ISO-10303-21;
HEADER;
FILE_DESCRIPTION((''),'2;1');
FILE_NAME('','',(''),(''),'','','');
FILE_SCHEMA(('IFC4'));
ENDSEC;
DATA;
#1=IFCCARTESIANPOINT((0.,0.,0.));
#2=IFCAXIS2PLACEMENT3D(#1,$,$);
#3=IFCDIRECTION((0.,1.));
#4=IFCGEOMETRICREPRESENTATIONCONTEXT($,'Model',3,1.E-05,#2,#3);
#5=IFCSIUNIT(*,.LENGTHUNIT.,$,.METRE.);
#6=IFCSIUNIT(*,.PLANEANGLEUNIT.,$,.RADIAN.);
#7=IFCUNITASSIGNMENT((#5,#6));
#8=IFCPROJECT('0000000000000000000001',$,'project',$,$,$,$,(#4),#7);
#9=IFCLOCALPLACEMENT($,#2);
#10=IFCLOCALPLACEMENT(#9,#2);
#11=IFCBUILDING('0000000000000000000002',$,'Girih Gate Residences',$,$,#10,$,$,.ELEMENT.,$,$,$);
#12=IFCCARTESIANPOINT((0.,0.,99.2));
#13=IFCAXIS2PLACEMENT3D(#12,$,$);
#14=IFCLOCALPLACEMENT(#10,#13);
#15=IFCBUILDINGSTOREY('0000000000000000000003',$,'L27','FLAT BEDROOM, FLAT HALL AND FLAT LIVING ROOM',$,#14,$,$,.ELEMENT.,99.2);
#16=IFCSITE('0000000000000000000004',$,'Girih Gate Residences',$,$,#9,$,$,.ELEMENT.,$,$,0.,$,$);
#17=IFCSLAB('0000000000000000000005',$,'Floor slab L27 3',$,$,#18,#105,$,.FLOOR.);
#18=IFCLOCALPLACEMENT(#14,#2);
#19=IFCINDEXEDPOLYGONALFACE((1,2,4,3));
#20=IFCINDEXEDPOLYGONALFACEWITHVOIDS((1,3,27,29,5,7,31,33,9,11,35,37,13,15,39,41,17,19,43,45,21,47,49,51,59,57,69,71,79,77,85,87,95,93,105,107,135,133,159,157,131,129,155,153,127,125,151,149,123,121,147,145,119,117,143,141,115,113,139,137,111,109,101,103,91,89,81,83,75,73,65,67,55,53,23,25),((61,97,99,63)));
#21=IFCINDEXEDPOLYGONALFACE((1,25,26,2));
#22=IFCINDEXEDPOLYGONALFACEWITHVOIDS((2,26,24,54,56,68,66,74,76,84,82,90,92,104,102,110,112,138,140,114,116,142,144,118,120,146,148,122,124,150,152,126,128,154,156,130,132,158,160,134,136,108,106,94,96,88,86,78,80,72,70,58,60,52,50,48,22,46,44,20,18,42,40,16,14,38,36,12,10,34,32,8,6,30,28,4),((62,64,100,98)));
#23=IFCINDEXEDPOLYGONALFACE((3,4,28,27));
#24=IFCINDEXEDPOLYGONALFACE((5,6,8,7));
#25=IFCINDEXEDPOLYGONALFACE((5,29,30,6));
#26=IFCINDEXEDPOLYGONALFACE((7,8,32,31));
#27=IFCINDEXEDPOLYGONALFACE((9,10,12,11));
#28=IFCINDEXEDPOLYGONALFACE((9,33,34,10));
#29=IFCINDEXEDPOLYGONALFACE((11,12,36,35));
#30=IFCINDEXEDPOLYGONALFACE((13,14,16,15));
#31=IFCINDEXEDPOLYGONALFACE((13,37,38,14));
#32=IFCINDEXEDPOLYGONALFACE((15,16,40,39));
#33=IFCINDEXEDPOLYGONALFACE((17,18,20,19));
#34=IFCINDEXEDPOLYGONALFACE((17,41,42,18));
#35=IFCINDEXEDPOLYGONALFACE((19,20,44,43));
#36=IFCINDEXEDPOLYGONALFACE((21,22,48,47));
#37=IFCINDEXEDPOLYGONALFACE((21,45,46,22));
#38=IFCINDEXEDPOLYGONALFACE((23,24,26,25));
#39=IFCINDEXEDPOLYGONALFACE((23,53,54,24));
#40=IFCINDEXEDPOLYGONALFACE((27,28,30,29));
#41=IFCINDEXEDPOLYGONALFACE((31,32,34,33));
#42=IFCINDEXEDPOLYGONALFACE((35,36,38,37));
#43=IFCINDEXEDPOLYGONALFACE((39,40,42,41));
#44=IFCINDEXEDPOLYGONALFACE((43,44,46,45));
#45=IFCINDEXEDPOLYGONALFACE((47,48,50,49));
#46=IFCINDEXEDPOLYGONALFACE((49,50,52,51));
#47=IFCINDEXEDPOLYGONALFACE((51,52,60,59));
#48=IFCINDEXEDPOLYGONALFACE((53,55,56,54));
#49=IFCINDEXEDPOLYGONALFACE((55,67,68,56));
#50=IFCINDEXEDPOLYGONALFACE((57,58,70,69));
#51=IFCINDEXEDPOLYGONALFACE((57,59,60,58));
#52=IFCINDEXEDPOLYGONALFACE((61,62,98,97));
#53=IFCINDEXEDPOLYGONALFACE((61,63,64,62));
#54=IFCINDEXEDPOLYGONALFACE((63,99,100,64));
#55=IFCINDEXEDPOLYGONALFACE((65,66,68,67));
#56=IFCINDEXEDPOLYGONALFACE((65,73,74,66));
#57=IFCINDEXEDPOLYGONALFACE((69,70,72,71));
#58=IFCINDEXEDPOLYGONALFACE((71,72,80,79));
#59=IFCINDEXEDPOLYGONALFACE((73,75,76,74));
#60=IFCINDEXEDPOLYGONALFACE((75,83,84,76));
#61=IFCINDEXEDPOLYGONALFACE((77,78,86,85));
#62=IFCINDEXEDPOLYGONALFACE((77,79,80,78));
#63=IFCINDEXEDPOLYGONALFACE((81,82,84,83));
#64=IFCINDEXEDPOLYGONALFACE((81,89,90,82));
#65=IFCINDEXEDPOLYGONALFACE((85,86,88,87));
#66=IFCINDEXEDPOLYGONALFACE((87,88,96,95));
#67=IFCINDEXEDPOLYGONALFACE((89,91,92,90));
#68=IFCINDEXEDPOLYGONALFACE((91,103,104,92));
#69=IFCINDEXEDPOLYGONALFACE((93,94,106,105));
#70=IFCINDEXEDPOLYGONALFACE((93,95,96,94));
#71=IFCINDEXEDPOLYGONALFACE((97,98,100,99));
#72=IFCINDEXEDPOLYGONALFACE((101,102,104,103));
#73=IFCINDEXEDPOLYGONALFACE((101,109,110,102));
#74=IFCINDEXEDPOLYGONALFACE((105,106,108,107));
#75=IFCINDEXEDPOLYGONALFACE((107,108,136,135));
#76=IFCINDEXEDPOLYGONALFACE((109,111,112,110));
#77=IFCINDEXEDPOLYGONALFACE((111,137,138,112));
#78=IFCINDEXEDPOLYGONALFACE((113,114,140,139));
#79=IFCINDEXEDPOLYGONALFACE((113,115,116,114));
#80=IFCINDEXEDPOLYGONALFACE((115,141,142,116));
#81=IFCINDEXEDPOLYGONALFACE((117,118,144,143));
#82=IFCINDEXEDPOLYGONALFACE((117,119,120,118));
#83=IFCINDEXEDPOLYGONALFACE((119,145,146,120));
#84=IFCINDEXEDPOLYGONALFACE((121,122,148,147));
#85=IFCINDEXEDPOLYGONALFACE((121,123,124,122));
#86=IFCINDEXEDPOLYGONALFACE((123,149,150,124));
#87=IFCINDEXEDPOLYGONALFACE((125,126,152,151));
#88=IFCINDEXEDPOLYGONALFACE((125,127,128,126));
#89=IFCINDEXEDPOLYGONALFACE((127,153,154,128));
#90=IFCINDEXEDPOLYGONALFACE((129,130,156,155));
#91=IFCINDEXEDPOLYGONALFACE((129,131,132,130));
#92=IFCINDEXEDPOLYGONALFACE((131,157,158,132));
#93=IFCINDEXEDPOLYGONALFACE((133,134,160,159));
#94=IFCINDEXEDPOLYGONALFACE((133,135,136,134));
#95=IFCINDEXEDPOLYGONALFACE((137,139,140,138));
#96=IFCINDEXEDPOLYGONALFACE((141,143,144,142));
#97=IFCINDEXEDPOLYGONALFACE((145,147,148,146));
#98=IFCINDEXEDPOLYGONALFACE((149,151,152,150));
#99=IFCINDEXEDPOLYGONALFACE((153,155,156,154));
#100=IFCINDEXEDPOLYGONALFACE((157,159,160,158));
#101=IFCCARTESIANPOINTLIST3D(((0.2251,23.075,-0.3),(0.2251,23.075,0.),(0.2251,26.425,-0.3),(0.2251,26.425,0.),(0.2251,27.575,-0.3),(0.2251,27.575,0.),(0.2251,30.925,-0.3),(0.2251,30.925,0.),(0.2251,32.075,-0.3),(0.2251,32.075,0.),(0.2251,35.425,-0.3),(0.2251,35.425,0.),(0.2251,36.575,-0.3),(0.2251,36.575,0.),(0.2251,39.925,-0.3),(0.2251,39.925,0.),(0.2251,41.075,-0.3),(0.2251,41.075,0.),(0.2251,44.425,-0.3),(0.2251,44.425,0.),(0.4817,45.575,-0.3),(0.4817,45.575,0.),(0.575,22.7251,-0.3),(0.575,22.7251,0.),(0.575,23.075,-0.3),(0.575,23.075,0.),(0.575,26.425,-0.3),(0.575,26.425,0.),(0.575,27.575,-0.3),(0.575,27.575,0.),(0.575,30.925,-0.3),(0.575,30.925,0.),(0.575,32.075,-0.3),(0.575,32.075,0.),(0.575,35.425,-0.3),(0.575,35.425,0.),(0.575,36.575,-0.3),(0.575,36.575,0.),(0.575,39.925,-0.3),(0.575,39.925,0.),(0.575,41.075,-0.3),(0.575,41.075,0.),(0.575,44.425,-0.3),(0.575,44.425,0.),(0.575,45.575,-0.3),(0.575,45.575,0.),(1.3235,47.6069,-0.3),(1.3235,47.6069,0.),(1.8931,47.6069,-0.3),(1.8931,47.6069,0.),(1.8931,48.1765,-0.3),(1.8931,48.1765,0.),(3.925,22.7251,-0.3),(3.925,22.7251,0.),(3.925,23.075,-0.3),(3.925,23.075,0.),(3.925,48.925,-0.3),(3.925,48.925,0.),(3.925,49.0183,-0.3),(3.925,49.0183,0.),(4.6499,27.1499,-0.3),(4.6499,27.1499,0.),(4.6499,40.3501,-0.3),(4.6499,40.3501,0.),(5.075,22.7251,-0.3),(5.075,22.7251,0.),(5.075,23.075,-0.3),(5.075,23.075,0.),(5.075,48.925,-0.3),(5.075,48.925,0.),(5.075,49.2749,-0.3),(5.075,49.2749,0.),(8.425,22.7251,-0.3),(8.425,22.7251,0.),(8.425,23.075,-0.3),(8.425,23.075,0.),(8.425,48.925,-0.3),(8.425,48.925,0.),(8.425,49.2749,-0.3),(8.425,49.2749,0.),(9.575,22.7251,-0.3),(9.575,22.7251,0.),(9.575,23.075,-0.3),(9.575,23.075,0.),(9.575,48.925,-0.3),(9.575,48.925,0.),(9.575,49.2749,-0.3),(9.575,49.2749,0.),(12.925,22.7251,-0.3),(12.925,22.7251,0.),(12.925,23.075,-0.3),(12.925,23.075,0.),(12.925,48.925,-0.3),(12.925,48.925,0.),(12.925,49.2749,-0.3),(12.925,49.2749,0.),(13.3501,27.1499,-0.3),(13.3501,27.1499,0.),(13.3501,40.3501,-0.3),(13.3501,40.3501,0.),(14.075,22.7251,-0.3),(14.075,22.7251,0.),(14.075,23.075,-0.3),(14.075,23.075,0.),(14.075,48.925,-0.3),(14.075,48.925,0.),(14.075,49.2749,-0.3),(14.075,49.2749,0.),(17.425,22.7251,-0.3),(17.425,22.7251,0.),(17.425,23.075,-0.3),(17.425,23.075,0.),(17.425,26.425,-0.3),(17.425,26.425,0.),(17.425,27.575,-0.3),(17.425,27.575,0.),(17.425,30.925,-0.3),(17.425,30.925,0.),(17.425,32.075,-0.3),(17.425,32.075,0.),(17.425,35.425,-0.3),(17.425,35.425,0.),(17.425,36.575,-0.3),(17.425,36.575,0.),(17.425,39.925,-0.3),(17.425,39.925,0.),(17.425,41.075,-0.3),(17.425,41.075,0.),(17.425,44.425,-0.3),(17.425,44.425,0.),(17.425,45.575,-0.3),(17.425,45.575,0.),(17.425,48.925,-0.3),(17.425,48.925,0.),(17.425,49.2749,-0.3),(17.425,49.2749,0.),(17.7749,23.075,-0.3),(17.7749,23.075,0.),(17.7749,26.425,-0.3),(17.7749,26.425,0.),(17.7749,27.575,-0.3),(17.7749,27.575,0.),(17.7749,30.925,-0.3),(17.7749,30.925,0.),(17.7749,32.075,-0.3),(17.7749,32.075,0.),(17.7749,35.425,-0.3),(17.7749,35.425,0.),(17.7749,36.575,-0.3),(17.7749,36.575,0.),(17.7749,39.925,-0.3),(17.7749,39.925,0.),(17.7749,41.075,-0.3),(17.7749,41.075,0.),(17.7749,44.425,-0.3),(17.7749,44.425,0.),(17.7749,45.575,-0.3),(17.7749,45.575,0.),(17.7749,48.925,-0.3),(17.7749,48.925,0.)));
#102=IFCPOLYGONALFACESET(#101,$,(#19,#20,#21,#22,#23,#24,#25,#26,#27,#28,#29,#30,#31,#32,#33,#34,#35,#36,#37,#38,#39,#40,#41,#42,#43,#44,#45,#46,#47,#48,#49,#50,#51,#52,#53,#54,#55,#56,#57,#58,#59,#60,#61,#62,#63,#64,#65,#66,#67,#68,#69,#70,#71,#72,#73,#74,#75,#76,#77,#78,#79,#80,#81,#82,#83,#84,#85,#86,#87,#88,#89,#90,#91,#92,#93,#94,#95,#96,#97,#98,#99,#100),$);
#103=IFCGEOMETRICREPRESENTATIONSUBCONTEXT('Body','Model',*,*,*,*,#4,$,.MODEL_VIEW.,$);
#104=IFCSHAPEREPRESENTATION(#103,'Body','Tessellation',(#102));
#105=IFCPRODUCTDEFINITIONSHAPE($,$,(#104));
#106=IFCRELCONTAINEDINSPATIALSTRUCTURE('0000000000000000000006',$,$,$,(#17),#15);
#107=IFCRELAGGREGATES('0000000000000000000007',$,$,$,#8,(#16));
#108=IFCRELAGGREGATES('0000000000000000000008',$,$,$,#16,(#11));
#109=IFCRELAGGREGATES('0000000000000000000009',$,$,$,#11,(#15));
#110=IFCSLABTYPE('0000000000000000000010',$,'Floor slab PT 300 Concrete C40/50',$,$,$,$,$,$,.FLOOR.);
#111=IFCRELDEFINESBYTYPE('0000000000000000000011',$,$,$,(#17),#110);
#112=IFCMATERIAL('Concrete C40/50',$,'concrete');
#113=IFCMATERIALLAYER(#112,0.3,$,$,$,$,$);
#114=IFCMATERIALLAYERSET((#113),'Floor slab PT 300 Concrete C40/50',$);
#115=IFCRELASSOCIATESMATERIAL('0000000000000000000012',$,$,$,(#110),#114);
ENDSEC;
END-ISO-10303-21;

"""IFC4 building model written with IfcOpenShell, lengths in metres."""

from ifc_helpers import new_model, si_unit, direction, frame, origin, place, context, subcontext, project, spatial, polyline, outline, extrude, material, layer, layer_set, type_object, element, save


model = new_model("IFC4")

# Units and contexts
model_context = context("Model", 3, precision=1e-05, world=origin(), true_north=direction((0.0, 1.0)))
body_context = subcontext(model_context, "Body", "Model", "MODEL_VIEW")
ifc_project = project(units=[si_unit("LENGTHUNIT", "METRE"), si_unit("PLANEANGLEUNIT", "RADIAN")], contexts=[model_context])

# Site, building, storey
site_placement = place(None, origin())
site = spatial("IfcSite", under=ifc_project, at=site_placement, Name="Girih Gate Residences", CompositionType="ELEMENT", RefElevation=0.0)
building_placement = place(site_placement, origin())
building = spatial("IfcBuilding", under=site, at=building_placement, Name="Girih Gate Residences", CompositionType="ELEMENT")
storey_placement = place(building_placement, frame((0.0, 0.0, 99.2)))
storey = spatial("IfcBuildingStorey", under=building, at=storey_placement, Name="L27", Description="FLAT BEDROOM, FLAT HALL AND FLAT LIVING ROOM", CompositionType="ELEMENT", Elevation=99.2)

# Slab
ifc_material_1 = material(Name="Concrete C40/50", Category="concrete")
ifc_layer_1 = layer(ifc_material_1, 0.3)
ifc_layer_set_1 = layer_set([ifc_layer_1], Name="Floor slab PT 300 Concrete C40/50")
slab_type_1 = type_object("IfcSlabType", Name="Floor slab PT 300 Concrete C40/50", PredefinedType="FLOOR", material=ifc_layer_set_1)
slab_1_placement = place(storey_placement, frame((0.0, 0.0, -0.3)))
element("IfcSlab", 1, at=slab_1_placement, inside=storey, type_object=slab_type_1, Name="Floor slab L27 3", PredefinedType="FLOOR", context=body_context, shape_type="SweptSolid", body=[
    extrude(outline(polyline([(0.2251, 26.425), (0.2251, 23.075), (0.575, 23.075), (0.575, 22.7251), (3.925, 22.7251), (3.925, 23.075), (5.075, 23.075), (5.075, 22.7251), (8.425, 22.7251), (8.425, 23.075), (9.575, 23.075), (9.575, 22.7251), (12.925, 22.7251), (12.925, 23.075), (14.075, 23.075), (14.075, 22.7251), (17.425, 22.7251), (17.425, 23.075), (17.7749, 23.075), (17.7749, 26.425), (17.425, 26.425), (17.425, 27.575), (17.7749, 27.575), (17.7749, 30.925), (17.425, 30.925), (17.425, 32.075), (17.7749, 32.075), (17.7749, 35.425), (17.425, 35.425), (17.425, 36.575), (17.7749, 36.575), (17.7749, 39.925), (17.425, 39.925), (17.425, 41.075), (17.7749, 41.075), (17.7749, 44.425), (17.425, 44.425), (17.425, 45.575), (17.7749, 45.575), (17.7749, 48.925), (17.425, 48.925), (17.425, 49.2749), (14.075, 49.2749), (14.075, 48.925), (12.925, 48.925), (12.925, 49.2749), (9.575, 49.2749), (9.575, 48.925), (8.425, 48.925), (8.425, 49.2749), (5.075, 49.2749), (5.075, 48.925), (3.925, 48.925), (3.925, 49.0183), (1.8931, 48.1765), (1.8931, 47.6069), (1.3235, 47.6069), (0.4817, 45.575), (0.575, 45.575), (0.575, 44.425), (0.2251, 44.425), (0.2251, 41.075), (0.575, 41.075), (0.575, 39.925), (0.2251, 39.925), (0.2251, 36.575), (0.575, 36.575), (0.575, 35.425), (0.2251, 35.425), (0.2251, 32.075), (0.575, 32.075), (0.575, 30.925), (0.2251, 30.925), (0.2251, 27.575), (0.575, 27.575), (0.575, 26.425), (0.2251, 26.425)]), holes=[polyline([(13.3501, 40.3501), (13.3501, 27.1499), (4.6499, 27.1499), (4.6499, 40.3501), (13.3501, 40.3501)])]), origin(), (0.0, 0.0, 1.0), 0.3),
])

save(model, "model.ifc")
